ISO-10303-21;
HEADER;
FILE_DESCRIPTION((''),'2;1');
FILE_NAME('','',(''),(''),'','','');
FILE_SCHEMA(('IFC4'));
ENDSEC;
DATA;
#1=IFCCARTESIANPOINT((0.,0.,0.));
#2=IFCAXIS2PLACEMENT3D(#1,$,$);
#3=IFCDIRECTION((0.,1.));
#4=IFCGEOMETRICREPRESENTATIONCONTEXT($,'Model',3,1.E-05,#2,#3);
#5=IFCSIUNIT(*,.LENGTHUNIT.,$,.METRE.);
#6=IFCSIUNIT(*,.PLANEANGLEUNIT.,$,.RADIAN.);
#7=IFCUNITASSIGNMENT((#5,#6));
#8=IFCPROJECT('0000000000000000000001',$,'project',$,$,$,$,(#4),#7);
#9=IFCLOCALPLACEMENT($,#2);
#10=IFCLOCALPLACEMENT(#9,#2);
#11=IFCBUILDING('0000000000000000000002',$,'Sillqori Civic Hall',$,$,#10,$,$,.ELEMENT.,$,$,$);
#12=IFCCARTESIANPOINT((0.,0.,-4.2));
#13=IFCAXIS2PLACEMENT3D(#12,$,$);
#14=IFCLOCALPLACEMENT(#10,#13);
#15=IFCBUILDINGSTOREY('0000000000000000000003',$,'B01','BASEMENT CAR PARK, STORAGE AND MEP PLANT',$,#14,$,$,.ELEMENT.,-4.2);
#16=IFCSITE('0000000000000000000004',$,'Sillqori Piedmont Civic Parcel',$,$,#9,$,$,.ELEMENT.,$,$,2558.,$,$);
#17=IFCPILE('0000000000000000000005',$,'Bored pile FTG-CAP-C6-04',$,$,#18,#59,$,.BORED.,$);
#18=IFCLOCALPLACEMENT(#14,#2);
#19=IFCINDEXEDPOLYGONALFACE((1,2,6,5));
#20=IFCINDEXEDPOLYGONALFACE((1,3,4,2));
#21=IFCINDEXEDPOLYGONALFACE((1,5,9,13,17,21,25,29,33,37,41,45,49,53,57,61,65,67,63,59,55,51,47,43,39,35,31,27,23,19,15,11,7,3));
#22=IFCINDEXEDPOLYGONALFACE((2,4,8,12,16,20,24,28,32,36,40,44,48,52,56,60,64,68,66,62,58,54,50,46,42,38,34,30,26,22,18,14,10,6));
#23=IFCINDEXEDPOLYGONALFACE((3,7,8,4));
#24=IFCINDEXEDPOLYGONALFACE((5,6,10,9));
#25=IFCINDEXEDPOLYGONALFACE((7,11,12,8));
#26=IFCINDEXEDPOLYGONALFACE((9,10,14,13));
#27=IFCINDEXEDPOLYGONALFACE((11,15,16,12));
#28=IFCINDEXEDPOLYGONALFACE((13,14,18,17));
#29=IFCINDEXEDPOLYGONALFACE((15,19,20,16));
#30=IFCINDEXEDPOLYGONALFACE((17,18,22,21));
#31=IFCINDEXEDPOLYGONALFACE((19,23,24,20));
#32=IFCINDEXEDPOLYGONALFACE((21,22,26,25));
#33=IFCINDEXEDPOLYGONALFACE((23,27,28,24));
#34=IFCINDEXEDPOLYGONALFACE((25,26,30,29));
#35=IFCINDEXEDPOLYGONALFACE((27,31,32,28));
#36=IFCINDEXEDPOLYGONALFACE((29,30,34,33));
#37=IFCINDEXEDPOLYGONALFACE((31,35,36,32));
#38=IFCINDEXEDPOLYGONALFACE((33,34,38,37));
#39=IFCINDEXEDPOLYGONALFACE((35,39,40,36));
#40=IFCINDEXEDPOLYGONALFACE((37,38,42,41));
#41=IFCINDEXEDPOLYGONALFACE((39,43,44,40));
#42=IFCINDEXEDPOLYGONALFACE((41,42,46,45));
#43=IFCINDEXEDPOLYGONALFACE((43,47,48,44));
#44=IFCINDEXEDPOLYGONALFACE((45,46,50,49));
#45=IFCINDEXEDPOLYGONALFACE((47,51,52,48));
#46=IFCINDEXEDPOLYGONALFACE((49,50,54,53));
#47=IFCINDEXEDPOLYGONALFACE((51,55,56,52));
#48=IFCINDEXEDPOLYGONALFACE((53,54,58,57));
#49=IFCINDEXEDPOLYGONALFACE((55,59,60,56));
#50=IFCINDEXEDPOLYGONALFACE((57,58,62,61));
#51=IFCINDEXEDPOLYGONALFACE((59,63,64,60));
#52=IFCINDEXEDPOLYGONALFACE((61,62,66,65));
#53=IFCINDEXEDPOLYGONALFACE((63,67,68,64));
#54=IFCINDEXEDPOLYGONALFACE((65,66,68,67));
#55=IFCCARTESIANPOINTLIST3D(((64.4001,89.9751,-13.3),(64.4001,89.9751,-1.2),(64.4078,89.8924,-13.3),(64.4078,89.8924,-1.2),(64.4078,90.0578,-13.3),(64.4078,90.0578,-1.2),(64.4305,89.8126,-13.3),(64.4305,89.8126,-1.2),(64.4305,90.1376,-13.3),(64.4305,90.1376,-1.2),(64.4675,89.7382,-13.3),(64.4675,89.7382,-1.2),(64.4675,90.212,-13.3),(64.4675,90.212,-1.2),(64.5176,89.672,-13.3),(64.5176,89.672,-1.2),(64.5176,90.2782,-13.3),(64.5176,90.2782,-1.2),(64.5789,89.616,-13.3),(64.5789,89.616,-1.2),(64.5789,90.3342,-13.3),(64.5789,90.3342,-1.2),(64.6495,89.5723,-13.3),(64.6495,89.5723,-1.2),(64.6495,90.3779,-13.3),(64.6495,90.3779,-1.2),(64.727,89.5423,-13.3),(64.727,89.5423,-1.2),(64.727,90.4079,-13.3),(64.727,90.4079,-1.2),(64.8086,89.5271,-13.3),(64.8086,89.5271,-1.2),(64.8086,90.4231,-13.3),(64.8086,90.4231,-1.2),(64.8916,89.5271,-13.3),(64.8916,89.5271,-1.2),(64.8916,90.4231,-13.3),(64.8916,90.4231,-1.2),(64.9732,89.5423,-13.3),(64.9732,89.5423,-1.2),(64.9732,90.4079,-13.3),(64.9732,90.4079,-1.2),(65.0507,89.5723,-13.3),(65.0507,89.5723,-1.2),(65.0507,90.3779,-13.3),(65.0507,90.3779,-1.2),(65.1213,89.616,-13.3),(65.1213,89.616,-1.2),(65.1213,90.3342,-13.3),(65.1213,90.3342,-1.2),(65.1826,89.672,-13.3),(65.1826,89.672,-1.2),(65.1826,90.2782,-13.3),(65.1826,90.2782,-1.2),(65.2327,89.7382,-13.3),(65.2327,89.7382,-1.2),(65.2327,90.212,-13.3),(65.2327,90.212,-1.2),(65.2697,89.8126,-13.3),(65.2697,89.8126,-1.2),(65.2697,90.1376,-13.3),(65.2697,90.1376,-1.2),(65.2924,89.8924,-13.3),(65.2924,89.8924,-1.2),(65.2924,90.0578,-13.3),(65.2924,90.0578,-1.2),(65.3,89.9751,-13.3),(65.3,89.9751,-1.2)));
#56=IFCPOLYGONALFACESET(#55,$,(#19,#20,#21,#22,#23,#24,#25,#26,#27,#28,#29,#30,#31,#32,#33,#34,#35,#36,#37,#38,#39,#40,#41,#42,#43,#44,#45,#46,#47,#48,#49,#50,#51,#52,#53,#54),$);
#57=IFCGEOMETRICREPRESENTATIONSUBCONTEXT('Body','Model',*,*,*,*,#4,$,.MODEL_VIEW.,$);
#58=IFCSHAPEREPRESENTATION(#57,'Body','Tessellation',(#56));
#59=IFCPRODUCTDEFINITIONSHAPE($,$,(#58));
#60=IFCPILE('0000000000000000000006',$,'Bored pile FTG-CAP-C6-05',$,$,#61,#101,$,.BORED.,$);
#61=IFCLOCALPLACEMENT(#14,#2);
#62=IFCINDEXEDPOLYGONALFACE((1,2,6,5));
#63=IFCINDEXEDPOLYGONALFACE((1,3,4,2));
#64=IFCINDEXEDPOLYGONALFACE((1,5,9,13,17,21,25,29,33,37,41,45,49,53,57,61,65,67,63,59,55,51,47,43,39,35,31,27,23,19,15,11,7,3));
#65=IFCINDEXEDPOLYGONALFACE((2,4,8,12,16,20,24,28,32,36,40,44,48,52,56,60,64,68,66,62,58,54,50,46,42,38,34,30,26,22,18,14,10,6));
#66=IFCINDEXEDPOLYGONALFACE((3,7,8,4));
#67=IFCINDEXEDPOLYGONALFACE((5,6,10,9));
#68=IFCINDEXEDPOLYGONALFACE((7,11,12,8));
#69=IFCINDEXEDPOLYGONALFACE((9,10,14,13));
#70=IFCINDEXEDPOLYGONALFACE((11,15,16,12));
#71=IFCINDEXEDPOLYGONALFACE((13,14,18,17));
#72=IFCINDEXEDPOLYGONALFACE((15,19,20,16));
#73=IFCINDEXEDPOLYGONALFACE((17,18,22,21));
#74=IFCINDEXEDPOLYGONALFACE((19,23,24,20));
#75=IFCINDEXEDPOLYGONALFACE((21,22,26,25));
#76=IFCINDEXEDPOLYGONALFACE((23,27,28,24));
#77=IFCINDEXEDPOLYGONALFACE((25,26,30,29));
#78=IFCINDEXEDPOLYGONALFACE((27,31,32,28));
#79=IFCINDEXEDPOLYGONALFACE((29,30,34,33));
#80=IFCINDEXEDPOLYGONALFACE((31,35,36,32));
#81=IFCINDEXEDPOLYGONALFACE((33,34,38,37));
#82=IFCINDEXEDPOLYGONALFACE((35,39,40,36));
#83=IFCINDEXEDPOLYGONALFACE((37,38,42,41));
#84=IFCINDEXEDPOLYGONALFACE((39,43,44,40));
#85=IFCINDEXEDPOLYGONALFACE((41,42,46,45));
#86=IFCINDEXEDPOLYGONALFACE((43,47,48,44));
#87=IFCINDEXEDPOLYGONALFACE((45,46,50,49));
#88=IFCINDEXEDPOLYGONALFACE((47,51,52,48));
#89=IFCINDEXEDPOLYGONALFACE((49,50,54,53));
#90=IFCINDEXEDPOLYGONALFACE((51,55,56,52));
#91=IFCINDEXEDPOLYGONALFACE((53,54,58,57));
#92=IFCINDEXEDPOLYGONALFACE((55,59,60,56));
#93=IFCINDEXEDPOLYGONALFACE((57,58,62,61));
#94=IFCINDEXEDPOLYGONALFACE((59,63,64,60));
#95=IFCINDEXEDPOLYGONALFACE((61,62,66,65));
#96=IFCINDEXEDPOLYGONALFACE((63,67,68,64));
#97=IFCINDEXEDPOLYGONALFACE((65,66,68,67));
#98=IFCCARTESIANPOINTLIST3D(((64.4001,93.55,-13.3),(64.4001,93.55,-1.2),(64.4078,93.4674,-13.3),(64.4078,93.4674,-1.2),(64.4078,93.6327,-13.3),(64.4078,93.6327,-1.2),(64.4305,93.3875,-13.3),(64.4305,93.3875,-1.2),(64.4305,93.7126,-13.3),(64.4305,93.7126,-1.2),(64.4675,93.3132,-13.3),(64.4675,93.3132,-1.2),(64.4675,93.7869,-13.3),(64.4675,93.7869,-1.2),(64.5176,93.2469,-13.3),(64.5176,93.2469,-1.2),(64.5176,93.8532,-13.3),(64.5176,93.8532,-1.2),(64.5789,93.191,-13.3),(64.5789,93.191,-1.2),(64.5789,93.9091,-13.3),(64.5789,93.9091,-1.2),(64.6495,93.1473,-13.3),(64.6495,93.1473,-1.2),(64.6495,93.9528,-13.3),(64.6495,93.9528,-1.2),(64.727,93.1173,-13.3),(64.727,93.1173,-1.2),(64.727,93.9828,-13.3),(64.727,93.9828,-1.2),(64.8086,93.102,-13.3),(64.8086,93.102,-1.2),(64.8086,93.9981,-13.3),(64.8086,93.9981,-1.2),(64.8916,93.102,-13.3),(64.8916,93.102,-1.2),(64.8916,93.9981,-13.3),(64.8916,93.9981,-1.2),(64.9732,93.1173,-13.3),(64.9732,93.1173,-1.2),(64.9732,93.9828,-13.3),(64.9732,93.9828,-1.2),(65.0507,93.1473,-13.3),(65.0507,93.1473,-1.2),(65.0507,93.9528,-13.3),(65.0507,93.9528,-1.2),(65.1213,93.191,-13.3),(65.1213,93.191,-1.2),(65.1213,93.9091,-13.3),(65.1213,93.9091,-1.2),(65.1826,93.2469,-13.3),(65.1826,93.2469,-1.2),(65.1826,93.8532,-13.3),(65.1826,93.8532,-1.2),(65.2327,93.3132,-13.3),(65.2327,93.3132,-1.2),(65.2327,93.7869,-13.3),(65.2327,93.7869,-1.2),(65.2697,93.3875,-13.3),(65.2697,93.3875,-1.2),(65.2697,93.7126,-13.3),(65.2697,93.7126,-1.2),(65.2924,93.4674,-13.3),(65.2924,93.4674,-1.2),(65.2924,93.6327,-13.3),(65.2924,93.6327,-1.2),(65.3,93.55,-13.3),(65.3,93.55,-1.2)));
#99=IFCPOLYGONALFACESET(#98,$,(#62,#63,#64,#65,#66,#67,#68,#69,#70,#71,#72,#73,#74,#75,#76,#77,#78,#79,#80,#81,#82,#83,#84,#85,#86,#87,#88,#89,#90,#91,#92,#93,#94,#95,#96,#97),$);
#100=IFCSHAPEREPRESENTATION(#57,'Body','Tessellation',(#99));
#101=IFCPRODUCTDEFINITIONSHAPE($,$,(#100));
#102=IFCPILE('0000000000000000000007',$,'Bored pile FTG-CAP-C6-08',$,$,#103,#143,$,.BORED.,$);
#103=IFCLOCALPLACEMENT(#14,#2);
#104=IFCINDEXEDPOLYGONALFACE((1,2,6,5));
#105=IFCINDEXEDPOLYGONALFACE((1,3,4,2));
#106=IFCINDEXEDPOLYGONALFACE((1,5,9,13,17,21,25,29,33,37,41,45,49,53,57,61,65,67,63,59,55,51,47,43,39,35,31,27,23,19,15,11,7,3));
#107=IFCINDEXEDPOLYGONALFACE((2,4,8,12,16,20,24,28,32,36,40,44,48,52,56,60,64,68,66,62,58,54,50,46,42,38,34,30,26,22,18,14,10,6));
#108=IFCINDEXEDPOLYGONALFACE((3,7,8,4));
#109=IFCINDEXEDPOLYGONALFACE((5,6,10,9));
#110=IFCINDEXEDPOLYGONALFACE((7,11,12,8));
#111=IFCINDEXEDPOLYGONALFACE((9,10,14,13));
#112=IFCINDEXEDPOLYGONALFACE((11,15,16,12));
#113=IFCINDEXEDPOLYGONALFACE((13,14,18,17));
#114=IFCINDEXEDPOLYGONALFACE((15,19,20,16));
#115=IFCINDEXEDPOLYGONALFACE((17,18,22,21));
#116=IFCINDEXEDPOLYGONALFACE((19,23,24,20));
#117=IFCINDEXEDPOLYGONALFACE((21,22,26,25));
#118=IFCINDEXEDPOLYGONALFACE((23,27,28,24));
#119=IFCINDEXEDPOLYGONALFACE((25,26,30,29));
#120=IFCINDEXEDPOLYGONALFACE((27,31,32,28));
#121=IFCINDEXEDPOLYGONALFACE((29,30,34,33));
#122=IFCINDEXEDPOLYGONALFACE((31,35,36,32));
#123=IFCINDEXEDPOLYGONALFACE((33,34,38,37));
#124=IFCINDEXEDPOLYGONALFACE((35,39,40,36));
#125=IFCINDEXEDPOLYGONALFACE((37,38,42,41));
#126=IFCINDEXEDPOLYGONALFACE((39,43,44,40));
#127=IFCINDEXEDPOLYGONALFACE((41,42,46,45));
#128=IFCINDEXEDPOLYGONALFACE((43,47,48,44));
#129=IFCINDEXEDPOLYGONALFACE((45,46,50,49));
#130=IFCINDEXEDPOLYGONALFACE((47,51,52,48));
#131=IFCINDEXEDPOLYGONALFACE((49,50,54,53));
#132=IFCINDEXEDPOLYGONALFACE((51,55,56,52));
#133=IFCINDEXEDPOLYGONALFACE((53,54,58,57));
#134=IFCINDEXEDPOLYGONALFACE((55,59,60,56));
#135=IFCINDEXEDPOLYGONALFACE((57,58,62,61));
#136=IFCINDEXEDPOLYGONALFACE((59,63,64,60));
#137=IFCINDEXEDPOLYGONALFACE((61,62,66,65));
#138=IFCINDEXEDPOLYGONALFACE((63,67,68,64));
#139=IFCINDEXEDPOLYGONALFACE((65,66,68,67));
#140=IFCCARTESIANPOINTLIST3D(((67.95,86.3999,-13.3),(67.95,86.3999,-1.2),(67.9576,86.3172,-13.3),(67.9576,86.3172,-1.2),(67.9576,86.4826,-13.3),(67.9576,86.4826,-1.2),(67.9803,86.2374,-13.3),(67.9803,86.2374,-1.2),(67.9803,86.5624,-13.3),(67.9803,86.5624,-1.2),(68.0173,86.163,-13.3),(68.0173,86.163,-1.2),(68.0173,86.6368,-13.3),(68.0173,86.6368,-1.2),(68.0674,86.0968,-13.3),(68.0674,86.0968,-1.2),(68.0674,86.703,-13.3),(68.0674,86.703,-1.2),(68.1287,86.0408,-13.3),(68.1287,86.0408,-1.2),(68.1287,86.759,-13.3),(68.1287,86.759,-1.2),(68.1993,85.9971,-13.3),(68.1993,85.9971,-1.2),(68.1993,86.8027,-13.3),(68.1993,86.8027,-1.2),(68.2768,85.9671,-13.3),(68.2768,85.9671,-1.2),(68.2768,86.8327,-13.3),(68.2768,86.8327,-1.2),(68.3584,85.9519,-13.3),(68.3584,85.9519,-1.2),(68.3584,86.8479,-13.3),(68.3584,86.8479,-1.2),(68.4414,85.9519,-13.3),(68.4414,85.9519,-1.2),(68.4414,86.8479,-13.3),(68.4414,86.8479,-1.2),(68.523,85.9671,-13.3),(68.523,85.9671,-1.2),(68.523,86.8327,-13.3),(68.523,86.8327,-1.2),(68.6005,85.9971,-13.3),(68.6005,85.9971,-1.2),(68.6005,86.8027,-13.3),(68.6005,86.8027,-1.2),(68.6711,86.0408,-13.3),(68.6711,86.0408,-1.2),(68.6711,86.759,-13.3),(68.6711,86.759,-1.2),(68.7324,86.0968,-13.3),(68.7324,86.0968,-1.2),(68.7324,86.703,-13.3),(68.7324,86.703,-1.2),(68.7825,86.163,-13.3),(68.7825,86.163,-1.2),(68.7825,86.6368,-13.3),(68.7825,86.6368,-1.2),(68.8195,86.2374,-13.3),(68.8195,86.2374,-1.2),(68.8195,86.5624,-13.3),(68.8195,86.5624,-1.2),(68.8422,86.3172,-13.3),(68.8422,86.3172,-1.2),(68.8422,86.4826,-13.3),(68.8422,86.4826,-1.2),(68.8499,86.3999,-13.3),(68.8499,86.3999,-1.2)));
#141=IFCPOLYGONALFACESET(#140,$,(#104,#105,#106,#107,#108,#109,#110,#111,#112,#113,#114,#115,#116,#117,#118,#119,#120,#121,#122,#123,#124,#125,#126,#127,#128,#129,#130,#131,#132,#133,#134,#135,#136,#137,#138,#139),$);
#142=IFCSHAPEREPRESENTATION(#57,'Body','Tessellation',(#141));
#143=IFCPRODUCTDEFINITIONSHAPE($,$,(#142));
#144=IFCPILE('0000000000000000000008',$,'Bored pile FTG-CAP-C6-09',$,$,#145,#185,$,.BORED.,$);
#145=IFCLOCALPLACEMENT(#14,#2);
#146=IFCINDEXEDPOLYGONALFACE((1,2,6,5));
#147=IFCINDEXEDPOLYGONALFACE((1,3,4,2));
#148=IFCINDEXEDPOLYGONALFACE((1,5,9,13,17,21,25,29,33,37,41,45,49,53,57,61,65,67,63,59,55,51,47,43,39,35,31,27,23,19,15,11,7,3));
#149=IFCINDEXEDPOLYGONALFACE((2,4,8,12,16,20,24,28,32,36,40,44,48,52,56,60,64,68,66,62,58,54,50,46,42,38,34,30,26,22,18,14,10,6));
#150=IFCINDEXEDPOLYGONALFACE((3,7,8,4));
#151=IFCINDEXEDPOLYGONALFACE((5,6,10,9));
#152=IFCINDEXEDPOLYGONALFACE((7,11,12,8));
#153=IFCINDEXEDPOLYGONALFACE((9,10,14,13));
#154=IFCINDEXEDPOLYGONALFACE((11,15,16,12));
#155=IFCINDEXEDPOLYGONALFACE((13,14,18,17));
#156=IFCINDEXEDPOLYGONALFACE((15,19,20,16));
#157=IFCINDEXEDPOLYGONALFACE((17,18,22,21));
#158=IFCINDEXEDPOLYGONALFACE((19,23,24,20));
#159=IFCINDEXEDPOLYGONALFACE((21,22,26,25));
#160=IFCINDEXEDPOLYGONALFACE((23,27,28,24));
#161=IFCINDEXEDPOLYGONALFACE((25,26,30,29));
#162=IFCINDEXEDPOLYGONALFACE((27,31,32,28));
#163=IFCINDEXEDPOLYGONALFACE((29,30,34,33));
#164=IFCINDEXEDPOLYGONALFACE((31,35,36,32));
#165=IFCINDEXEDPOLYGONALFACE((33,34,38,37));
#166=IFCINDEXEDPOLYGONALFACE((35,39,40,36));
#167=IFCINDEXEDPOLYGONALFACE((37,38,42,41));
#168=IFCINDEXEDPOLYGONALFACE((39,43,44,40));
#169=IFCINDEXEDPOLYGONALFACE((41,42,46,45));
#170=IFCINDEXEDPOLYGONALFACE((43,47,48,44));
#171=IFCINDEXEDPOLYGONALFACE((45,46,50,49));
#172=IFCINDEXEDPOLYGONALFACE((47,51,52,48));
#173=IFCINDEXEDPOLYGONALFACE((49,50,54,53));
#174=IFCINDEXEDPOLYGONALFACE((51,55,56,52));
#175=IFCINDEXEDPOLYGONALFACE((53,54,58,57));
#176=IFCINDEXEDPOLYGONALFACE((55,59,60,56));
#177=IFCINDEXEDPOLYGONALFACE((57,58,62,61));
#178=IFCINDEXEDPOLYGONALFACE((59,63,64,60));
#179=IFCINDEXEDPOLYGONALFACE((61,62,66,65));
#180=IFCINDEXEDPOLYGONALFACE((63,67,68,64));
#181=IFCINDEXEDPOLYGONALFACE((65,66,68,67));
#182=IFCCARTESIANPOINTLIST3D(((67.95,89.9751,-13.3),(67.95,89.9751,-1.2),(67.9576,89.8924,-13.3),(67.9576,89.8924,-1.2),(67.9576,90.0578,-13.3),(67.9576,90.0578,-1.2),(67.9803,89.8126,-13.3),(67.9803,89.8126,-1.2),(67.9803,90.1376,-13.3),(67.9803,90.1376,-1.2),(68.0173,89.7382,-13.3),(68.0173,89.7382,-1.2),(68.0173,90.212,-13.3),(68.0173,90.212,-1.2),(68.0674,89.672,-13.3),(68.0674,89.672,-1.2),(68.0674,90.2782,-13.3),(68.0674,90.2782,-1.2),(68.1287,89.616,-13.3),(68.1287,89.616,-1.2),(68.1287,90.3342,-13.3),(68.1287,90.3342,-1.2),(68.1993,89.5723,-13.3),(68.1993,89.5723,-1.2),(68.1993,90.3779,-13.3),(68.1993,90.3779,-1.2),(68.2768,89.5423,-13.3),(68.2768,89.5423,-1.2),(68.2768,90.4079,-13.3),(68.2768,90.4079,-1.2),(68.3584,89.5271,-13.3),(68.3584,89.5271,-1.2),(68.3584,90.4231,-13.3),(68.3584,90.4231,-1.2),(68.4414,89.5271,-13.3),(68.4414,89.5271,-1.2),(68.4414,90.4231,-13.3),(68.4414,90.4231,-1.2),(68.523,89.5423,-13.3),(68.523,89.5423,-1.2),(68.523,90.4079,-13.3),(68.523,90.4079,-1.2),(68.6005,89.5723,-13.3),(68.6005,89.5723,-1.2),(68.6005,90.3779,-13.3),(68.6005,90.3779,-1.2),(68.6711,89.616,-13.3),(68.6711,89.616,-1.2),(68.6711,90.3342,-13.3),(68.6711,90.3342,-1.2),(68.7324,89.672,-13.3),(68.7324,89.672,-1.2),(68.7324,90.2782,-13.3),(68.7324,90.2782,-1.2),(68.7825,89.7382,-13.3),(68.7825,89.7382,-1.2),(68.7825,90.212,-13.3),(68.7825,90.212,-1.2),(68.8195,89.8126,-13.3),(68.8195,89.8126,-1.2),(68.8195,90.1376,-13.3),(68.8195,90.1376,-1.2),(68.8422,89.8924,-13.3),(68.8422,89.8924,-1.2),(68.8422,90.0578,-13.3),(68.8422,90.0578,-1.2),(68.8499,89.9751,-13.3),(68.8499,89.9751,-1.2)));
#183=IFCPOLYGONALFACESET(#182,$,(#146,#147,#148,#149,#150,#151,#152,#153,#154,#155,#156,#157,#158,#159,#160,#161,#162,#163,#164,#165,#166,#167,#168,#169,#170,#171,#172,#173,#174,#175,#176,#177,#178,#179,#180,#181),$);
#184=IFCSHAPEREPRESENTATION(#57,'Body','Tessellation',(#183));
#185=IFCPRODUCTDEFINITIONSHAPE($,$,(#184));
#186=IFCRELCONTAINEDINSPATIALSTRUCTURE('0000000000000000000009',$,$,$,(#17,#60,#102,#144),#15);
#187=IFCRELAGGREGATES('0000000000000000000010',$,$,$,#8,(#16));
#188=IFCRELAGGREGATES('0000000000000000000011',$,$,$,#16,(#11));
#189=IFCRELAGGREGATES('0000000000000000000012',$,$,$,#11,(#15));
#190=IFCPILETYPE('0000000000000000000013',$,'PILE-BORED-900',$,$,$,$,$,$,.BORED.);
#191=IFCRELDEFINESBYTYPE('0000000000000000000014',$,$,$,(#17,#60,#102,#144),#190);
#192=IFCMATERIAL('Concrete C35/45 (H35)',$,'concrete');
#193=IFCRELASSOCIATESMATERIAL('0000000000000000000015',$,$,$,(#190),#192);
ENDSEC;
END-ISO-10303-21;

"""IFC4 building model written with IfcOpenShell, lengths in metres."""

from ifc_helpers import new_model, si_unit, direction, frame, origin, origin_2d, place, context, subcontext, project, spatial, circle, extrude, material, material_profile, profile_set, type_object, element, save


model = new_model("IFC4")

# Units and contexts
model_context = context("Model", 3, precision=1e-05, world=origin(), true_north=direction((0.0, 1.0)))
body_context = subcontext(model_context, "Body", "Model", "MODEL_VIEW")
ifc_project = project(units=[si_unit("LENGTHUNIT", "METRE"), si_unit("PLANEANGLEUNIT", "RADIAN")], contexts=[model_context])

# Site, building, storey
site_placement = place(None, origin())
site = spatial("IfcSite", under=ifc_project, at=site_placement, Name="Sillqori Piedmont Civic Parcel", CompositionType="ELEMENT", RefElevation=2558.0)
building_placement = place(site_placement, origin())
building = spatial("IfcBuilding", under=site, at=building_placement, Name="Sillqori Civic Hall", CompositionType="ELEMENT")
storey_placement = place(building_placement, frame((0.0, 0.0, -4.2)))
storey = spatial("IfcBuildingStorey", under=building, at=storey_placement, Name="B01", Description="BASEMENT CAR PARK, STORAGE AND MEP PLANT", CompositionType="ELEMENT", Elevation=-4.2)

# Piles
ifc_material_1 = material(Name="Concrete C35/45 (H35)", Category="concrete")
ifc_material_profile_1 = material_profile(ifc_material_1, circle(Radius=0.45, at=origin_2d()), Name="BORED PILE 900")
ifc_profile_set_1 = profile_set([ifc_material_profile_1], Name="Concrete C35/45 (H35)")
pile_type = type_object("IfcPileType", Name="PILE-BORED-900", PredefinedType="BORED", material=ifc_profile_set_1)
for number, where, z_axis, x_axis, name in (
    (1, (64.8501, 89.9751, -1.2), (0.0, 0.0, -1.0), (1.0, 0.0, 0.0), "Bored pile FTG-CAP-C6-04"),
    (2, (64.8501, 93.55, -1.2), (0.0, 0.0, -1.0), (1.0, 0.0, 0.0), "Bored pile FTG-CAP-C6-05"),
    (3, (68.3999, 86.3999, -1.2), (0.0, 0.0, -1.0), (1.0, 0.0, 0.0), "Bored pile FTG-CAP-C6-08"),
    (4, (68.3999, 89.9751, -1.2), (0.0, 0.0, -1.0), (1.0, 0.0, 0.0), "Bored pile FTG-CAP-C6-09"),
):
    element("IfcPile", number, at=place(storey_placement, frame(where, z_axis=z_axis, x_axis=x_axis)), inside=storey, type_object=pile_type, Name=name, PredefinedType="BORED", context=body_context, shape_type="SweptSolid", body=[
        extrude(circle(Radius=0.45, at=origin_2d()), origin(), (0.0, 0.0, 1.0), 12.1001),
    ])

save(model, "model.ifc")
